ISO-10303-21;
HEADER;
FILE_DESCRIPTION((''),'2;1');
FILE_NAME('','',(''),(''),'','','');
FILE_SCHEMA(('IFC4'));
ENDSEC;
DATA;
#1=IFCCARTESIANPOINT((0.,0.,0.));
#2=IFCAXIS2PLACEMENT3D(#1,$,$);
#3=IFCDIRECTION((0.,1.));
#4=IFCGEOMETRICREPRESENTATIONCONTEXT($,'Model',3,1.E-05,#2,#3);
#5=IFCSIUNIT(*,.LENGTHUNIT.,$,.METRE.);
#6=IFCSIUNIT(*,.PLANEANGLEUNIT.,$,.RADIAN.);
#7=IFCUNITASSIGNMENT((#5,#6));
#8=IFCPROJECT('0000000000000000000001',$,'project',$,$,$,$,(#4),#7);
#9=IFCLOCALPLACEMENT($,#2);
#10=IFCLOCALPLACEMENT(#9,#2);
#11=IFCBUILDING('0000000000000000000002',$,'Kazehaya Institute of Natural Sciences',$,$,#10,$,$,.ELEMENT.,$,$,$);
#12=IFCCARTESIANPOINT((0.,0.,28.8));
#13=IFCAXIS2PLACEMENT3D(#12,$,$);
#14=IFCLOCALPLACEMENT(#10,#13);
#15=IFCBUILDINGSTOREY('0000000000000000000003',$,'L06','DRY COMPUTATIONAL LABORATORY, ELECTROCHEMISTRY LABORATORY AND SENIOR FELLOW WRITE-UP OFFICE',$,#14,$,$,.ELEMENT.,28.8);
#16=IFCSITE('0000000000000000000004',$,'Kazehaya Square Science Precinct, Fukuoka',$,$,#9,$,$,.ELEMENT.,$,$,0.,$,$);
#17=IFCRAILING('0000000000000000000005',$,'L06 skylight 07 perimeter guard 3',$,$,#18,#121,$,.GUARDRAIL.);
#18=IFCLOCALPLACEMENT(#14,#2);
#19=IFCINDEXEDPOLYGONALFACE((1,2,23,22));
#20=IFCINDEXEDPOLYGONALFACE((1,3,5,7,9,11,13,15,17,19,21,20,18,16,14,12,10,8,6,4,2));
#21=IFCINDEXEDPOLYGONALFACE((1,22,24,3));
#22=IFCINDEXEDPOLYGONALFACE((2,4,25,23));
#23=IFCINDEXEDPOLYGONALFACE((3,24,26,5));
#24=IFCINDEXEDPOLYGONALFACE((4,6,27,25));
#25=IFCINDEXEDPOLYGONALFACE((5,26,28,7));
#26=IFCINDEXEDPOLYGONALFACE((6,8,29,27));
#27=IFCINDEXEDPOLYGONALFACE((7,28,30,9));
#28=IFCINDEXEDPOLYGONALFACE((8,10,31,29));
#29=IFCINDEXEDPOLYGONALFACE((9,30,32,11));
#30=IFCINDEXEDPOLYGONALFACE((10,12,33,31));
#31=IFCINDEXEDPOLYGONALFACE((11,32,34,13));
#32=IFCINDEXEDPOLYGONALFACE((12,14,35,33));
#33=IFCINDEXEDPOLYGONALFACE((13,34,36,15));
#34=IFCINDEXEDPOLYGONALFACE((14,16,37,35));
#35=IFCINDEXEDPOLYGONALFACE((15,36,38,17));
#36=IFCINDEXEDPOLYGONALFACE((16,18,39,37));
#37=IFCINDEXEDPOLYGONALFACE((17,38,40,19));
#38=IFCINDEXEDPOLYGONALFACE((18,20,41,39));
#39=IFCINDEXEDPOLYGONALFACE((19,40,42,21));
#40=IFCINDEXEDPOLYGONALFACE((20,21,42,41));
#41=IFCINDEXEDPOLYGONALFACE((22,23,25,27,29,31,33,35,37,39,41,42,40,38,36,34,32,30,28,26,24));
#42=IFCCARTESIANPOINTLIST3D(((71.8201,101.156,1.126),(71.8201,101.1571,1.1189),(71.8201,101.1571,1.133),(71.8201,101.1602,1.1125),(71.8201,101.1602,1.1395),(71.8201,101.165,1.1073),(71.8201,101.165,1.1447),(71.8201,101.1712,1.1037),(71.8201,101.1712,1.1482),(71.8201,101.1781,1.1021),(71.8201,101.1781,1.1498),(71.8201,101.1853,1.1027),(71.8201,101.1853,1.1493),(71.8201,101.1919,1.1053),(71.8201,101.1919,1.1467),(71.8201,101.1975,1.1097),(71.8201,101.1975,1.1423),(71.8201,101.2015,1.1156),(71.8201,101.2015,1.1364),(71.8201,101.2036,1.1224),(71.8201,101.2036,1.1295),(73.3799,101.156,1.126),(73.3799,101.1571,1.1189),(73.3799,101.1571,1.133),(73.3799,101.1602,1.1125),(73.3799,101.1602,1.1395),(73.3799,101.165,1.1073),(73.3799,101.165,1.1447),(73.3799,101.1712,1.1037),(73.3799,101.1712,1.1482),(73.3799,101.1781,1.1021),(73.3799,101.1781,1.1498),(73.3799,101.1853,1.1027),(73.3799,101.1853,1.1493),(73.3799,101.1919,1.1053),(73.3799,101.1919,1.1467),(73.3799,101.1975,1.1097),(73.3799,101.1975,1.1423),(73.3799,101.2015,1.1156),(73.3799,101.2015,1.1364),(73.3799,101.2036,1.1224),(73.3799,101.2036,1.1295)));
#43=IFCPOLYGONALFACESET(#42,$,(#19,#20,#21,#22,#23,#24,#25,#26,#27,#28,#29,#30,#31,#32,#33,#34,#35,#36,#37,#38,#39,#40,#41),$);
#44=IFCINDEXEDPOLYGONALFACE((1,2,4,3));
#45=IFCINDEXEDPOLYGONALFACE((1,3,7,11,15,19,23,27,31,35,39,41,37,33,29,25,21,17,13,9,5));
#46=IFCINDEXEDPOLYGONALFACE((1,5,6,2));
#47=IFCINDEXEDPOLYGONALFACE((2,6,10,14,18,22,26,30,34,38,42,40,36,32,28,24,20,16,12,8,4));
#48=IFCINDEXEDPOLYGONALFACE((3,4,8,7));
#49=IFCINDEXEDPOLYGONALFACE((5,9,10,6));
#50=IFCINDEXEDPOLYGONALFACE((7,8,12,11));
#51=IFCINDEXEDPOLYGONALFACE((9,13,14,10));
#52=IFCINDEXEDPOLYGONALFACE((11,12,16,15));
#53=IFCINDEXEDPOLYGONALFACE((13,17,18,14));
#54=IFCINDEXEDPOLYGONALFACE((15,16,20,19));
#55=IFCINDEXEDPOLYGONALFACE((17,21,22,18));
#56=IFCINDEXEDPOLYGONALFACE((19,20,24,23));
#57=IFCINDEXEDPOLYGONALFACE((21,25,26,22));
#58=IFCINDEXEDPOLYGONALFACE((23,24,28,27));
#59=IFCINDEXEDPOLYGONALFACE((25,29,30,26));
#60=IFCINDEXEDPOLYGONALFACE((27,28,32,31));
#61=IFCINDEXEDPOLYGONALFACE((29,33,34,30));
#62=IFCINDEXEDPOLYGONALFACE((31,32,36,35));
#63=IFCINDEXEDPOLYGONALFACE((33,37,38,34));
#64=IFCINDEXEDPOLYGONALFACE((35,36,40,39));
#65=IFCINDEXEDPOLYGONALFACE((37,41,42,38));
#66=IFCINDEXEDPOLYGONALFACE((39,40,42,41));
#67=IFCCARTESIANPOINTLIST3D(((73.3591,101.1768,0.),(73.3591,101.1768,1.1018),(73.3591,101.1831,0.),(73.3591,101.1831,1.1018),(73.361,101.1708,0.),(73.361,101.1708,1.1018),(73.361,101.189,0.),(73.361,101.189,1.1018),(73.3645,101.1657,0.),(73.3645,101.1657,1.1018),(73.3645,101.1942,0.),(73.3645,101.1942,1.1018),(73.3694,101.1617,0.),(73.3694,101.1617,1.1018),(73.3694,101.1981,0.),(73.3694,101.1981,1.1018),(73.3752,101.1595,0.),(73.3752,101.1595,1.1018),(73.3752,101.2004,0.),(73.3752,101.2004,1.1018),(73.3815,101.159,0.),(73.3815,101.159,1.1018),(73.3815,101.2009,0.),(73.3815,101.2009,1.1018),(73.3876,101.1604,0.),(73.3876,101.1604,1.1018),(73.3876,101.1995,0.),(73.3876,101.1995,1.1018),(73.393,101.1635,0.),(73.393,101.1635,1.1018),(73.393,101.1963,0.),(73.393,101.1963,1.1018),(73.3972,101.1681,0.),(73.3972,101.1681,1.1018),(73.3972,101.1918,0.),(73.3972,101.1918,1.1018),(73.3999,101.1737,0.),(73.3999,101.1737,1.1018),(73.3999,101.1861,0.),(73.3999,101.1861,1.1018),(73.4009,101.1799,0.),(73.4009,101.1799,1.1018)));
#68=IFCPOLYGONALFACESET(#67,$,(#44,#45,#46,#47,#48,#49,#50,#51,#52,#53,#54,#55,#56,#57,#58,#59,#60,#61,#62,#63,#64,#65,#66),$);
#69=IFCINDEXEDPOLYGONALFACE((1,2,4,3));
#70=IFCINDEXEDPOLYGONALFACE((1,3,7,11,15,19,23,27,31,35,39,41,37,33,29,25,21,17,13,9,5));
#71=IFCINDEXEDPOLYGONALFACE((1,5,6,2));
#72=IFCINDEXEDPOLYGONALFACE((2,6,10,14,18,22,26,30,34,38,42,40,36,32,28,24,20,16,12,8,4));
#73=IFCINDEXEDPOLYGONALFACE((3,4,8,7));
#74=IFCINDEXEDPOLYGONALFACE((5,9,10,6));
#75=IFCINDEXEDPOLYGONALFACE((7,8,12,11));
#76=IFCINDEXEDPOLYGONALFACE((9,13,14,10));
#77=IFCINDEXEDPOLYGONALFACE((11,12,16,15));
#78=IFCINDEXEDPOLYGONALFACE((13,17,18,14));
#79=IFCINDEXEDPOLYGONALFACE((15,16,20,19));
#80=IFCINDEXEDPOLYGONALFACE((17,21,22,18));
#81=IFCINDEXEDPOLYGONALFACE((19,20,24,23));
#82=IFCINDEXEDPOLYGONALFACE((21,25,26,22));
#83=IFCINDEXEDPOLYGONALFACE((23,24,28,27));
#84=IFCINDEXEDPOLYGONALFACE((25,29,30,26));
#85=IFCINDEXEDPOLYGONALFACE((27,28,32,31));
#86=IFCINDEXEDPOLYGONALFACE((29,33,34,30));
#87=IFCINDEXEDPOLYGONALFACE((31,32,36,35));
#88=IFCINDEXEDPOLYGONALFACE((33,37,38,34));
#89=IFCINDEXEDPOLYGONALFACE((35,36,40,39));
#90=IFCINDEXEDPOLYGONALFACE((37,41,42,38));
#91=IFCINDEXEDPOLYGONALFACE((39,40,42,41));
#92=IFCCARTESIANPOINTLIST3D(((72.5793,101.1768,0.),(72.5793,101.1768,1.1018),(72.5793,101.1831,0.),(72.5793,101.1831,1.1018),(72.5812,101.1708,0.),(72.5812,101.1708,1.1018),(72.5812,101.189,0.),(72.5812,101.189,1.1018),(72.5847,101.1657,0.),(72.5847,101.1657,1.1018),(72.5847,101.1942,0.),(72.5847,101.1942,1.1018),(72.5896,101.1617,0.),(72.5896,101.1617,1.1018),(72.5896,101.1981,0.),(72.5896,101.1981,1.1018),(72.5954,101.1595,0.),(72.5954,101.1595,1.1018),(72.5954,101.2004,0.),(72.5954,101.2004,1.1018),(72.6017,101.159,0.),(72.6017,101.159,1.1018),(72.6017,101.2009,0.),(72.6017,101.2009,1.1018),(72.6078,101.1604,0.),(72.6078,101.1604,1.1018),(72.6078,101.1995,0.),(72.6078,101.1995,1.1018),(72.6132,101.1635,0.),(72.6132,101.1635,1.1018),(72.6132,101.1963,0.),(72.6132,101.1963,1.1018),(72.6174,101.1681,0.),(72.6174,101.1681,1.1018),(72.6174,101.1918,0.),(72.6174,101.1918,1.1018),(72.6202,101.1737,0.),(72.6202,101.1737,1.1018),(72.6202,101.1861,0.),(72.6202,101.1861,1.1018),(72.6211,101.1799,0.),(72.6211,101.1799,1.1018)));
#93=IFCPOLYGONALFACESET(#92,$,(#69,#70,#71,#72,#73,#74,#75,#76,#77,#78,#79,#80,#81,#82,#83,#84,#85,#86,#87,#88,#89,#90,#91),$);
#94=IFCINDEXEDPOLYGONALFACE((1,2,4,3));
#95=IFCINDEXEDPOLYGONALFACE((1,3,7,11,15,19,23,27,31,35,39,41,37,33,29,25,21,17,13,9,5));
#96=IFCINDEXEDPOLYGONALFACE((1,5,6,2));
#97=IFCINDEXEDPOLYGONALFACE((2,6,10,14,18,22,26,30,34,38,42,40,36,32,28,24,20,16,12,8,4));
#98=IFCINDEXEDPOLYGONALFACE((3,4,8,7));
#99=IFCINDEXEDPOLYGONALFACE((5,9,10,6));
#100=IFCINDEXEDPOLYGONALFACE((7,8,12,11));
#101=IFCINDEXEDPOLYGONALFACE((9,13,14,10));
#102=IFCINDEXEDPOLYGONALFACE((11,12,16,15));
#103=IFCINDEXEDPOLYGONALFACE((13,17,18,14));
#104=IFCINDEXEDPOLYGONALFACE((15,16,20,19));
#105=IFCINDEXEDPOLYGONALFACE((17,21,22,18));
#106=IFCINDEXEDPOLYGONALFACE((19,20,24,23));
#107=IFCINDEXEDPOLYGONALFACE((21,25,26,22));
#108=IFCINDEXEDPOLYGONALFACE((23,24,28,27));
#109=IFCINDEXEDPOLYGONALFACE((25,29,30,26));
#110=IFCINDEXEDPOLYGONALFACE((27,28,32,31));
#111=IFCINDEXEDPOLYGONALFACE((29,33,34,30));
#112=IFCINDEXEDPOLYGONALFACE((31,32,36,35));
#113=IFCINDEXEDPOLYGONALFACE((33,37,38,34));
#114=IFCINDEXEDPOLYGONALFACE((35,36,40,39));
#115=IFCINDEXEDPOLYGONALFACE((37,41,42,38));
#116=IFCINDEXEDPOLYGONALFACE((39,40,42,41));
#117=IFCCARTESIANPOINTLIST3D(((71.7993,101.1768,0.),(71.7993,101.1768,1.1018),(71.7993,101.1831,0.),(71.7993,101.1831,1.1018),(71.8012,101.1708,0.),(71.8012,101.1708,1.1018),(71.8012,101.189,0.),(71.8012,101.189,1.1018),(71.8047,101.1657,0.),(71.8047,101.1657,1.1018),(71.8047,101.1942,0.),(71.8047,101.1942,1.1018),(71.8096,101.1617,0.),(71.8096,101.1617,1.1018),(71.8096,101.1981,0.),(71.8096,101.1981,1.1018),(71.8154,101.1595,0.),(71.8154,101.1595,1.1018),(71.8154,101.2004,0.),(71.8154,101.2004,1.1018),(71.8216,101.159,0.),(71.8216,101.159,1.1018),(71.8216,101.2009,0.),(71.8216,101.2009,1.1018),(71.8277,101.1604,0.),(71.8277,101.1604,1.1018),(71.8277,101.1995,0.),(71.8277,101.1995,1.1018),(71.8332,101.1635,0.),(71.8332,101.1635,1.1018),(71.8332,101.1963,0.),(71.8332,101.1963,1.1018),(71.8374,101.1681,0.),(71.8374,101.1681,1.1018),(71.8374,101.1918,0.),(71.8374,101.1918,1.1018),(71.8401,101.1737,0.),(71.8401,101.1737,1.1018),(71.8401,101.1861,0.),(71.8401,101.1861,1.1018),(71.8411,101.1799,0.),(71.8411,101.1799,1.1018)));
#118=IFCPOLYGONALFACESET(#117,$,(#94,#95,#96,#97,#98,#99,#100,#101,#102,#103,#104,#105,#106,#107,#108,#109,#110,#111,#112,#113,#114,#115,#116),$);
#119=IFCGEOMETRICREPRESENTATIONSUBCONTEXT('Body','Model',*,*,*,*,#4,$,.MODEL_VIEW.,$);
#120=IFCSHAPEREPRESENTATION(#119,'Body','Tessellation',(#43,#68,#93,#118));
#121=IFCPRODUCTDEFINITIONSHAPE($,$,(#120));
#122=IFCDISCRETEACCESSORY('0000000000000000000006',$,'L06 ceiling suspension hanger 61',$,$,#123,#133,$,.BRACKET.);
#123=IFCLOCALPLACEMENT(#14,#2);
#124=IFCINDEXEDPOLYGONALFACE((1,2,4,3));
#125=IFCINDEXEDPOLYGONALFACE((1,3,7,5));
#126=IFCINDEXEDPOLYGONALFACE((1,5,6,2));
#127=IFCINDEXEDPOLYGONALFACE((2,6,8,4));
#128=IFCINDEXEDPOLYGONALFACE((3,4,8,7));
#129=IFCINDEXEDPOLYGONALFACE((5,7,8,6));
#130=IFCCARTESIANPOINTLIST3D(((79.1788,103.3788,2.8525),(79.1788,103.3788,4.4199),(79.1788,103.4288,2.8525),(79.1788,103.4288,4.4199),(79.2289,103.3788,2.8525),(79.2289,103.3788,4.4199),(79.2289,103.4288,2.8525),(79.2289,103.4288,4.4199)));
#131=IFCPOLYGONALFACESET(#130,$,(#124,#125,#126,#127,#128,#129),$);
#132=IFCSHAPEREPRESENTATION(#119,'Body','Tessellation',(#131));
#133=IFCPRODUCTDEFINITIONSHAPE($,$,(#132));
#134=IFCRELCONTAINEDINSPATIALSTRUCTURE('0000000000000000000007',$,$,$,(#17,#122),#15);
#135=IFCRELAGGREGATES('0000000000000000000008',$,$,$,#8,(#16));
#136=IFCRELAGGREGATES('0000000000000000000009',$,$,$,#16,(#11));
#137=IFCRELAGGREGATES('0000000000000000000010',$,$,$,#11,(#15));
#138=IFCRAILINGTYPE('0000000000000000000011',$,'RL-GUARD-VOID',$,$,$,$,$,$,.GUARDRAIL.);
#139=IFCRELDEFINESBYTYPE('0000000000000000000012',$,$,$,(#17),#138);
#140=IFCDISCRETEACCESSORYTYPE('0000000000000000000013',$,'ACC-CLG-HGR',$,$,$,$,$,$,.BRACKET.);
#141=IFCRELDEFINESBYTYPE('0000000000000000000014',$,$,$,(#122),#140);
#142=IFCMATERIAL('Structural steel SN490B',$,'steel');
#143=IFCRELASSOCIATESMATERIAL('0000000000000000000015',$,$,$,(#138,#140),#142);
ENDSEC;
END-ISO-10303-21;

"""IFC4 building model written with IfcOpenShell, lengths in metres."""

from ifc_helpers import new_model, si_unit, direction, frame, origin, origin_2d, place, context, subcontext, project, spatial, rectangle, circle, extrude, material, type_object, element, save


model = new_model("IFC4")

# Units and contexts
model_context = context("Model", 3, precision=1e-05, world=origin(), true_north=direction((0.0, 1.0)))
body_context = subcontext(model_context, "Body", "Model", "MODEL_VIEW")
ifc_project = project(units=[si_unit("LENGTHUNIT", "METRE"), si_unit("PLANEANGLEUNIT", "RADIAN")], contexts=[model_context])

# Site, building, storey
site_placement = place(None, origin())
site = spatial("IfcSite", under=ifc_project, at=site_placement, Name="Kazehaya Square Science Precinct, Fukuoka", CompositionType="ELEMENT", RefElevation=0.0)
building_placement = place(site_placement, origin())
building = spatial("IfcBuilding", under=site, at=building_placement, Name="Kazehaya Institute of Natural Sciences", CompositionType="ELEMENT")
storey_placement = place(building_placement, frame((0.0, 0.0, 28.8)))
storey = spatial("IfcBuildingStorey", under=building, at=storey_placement, Name="L06", Description="DRY COMPUTATIONAL LABORATORY, ELECTROCHEMISTRY LABORATORY AND SENIOR FELLOW WRITE-UP OFFICE", CompositionType="ELEMENT", Elevation=28.8)

# Railing
ifc_material_1 = material(Name="Structural steel SN490B", Category="steel")
railing_type = type_object("IfcRailingType", Name="RL-GUARD-VOID", PredefinedType="GUARDRAIL", material=ifc_material_1)
railing_placement = place(storey_placement, frame((73.3799, 101.1799, 0.0)))
element("IfcRailing", 1, at=railing_placement, inside=storey, type_object=railing_type, Name="L06 skylight 07 perimeter guard 3", PredefinedType="GUARDRAIL", context=body_context, shape_type="SweptSolid", body=[
    extrude(circle(Radius=0.0239, at=origin_2d()), frame((0.0, 0.0, 1.126), z_axis=(-1.0, 0.0, 0.0), x_axis=(0.0, -1.0, 0.0)), (0.0, 0.0, 1.0), 1.5598),
    extrude(circle(Radius=0.021, at=origin_2d()), origin(), (0.0, 0.0, 1.0), 1.1018),
    extrude(circle(Radius=0.021, at=origin_2d()), frame((-0.7798, 0.0, 0.0)), (0.0, 0.0, 1.0), 1.1018),
    extrude(circle(Radius=0.021, at=origin_2d()), frame((-1.5598, 0.0, 0.0)), (0.0, 0.0, 1.0), 1.1018),
])

# Discrete accessory
discrete_accessory_type = type_object("IfcDiscreteAccessoryType", Name="ACC-CLG-HGR", PredefinedType="BRACKET", material=ifc_material_1)
discrete_accessory_placement = place(storey_placement, frame((79.2039, 103.4038, 2.8525), z_axis=(0.0, 0.0, 1.0), x_axis=(1.0, 0.0, 0.0)))
element("IfcDiscreteAccessory", 2, at=discrete_accessory_placement, inside=storey, type_object=discrete_accessory_type, Name="L06 ceiling suspension hanger 61", PredefinedType="BRACKET", context=body_context, shape_type="SweptSolid", body=[
    extrude(rectangle(XDim=0.05, YDim=0.05, at=origin_2d()), origin(), (0.0, 0.0, 1.0), 1.5674),
])

save(model, "model.ifc")
